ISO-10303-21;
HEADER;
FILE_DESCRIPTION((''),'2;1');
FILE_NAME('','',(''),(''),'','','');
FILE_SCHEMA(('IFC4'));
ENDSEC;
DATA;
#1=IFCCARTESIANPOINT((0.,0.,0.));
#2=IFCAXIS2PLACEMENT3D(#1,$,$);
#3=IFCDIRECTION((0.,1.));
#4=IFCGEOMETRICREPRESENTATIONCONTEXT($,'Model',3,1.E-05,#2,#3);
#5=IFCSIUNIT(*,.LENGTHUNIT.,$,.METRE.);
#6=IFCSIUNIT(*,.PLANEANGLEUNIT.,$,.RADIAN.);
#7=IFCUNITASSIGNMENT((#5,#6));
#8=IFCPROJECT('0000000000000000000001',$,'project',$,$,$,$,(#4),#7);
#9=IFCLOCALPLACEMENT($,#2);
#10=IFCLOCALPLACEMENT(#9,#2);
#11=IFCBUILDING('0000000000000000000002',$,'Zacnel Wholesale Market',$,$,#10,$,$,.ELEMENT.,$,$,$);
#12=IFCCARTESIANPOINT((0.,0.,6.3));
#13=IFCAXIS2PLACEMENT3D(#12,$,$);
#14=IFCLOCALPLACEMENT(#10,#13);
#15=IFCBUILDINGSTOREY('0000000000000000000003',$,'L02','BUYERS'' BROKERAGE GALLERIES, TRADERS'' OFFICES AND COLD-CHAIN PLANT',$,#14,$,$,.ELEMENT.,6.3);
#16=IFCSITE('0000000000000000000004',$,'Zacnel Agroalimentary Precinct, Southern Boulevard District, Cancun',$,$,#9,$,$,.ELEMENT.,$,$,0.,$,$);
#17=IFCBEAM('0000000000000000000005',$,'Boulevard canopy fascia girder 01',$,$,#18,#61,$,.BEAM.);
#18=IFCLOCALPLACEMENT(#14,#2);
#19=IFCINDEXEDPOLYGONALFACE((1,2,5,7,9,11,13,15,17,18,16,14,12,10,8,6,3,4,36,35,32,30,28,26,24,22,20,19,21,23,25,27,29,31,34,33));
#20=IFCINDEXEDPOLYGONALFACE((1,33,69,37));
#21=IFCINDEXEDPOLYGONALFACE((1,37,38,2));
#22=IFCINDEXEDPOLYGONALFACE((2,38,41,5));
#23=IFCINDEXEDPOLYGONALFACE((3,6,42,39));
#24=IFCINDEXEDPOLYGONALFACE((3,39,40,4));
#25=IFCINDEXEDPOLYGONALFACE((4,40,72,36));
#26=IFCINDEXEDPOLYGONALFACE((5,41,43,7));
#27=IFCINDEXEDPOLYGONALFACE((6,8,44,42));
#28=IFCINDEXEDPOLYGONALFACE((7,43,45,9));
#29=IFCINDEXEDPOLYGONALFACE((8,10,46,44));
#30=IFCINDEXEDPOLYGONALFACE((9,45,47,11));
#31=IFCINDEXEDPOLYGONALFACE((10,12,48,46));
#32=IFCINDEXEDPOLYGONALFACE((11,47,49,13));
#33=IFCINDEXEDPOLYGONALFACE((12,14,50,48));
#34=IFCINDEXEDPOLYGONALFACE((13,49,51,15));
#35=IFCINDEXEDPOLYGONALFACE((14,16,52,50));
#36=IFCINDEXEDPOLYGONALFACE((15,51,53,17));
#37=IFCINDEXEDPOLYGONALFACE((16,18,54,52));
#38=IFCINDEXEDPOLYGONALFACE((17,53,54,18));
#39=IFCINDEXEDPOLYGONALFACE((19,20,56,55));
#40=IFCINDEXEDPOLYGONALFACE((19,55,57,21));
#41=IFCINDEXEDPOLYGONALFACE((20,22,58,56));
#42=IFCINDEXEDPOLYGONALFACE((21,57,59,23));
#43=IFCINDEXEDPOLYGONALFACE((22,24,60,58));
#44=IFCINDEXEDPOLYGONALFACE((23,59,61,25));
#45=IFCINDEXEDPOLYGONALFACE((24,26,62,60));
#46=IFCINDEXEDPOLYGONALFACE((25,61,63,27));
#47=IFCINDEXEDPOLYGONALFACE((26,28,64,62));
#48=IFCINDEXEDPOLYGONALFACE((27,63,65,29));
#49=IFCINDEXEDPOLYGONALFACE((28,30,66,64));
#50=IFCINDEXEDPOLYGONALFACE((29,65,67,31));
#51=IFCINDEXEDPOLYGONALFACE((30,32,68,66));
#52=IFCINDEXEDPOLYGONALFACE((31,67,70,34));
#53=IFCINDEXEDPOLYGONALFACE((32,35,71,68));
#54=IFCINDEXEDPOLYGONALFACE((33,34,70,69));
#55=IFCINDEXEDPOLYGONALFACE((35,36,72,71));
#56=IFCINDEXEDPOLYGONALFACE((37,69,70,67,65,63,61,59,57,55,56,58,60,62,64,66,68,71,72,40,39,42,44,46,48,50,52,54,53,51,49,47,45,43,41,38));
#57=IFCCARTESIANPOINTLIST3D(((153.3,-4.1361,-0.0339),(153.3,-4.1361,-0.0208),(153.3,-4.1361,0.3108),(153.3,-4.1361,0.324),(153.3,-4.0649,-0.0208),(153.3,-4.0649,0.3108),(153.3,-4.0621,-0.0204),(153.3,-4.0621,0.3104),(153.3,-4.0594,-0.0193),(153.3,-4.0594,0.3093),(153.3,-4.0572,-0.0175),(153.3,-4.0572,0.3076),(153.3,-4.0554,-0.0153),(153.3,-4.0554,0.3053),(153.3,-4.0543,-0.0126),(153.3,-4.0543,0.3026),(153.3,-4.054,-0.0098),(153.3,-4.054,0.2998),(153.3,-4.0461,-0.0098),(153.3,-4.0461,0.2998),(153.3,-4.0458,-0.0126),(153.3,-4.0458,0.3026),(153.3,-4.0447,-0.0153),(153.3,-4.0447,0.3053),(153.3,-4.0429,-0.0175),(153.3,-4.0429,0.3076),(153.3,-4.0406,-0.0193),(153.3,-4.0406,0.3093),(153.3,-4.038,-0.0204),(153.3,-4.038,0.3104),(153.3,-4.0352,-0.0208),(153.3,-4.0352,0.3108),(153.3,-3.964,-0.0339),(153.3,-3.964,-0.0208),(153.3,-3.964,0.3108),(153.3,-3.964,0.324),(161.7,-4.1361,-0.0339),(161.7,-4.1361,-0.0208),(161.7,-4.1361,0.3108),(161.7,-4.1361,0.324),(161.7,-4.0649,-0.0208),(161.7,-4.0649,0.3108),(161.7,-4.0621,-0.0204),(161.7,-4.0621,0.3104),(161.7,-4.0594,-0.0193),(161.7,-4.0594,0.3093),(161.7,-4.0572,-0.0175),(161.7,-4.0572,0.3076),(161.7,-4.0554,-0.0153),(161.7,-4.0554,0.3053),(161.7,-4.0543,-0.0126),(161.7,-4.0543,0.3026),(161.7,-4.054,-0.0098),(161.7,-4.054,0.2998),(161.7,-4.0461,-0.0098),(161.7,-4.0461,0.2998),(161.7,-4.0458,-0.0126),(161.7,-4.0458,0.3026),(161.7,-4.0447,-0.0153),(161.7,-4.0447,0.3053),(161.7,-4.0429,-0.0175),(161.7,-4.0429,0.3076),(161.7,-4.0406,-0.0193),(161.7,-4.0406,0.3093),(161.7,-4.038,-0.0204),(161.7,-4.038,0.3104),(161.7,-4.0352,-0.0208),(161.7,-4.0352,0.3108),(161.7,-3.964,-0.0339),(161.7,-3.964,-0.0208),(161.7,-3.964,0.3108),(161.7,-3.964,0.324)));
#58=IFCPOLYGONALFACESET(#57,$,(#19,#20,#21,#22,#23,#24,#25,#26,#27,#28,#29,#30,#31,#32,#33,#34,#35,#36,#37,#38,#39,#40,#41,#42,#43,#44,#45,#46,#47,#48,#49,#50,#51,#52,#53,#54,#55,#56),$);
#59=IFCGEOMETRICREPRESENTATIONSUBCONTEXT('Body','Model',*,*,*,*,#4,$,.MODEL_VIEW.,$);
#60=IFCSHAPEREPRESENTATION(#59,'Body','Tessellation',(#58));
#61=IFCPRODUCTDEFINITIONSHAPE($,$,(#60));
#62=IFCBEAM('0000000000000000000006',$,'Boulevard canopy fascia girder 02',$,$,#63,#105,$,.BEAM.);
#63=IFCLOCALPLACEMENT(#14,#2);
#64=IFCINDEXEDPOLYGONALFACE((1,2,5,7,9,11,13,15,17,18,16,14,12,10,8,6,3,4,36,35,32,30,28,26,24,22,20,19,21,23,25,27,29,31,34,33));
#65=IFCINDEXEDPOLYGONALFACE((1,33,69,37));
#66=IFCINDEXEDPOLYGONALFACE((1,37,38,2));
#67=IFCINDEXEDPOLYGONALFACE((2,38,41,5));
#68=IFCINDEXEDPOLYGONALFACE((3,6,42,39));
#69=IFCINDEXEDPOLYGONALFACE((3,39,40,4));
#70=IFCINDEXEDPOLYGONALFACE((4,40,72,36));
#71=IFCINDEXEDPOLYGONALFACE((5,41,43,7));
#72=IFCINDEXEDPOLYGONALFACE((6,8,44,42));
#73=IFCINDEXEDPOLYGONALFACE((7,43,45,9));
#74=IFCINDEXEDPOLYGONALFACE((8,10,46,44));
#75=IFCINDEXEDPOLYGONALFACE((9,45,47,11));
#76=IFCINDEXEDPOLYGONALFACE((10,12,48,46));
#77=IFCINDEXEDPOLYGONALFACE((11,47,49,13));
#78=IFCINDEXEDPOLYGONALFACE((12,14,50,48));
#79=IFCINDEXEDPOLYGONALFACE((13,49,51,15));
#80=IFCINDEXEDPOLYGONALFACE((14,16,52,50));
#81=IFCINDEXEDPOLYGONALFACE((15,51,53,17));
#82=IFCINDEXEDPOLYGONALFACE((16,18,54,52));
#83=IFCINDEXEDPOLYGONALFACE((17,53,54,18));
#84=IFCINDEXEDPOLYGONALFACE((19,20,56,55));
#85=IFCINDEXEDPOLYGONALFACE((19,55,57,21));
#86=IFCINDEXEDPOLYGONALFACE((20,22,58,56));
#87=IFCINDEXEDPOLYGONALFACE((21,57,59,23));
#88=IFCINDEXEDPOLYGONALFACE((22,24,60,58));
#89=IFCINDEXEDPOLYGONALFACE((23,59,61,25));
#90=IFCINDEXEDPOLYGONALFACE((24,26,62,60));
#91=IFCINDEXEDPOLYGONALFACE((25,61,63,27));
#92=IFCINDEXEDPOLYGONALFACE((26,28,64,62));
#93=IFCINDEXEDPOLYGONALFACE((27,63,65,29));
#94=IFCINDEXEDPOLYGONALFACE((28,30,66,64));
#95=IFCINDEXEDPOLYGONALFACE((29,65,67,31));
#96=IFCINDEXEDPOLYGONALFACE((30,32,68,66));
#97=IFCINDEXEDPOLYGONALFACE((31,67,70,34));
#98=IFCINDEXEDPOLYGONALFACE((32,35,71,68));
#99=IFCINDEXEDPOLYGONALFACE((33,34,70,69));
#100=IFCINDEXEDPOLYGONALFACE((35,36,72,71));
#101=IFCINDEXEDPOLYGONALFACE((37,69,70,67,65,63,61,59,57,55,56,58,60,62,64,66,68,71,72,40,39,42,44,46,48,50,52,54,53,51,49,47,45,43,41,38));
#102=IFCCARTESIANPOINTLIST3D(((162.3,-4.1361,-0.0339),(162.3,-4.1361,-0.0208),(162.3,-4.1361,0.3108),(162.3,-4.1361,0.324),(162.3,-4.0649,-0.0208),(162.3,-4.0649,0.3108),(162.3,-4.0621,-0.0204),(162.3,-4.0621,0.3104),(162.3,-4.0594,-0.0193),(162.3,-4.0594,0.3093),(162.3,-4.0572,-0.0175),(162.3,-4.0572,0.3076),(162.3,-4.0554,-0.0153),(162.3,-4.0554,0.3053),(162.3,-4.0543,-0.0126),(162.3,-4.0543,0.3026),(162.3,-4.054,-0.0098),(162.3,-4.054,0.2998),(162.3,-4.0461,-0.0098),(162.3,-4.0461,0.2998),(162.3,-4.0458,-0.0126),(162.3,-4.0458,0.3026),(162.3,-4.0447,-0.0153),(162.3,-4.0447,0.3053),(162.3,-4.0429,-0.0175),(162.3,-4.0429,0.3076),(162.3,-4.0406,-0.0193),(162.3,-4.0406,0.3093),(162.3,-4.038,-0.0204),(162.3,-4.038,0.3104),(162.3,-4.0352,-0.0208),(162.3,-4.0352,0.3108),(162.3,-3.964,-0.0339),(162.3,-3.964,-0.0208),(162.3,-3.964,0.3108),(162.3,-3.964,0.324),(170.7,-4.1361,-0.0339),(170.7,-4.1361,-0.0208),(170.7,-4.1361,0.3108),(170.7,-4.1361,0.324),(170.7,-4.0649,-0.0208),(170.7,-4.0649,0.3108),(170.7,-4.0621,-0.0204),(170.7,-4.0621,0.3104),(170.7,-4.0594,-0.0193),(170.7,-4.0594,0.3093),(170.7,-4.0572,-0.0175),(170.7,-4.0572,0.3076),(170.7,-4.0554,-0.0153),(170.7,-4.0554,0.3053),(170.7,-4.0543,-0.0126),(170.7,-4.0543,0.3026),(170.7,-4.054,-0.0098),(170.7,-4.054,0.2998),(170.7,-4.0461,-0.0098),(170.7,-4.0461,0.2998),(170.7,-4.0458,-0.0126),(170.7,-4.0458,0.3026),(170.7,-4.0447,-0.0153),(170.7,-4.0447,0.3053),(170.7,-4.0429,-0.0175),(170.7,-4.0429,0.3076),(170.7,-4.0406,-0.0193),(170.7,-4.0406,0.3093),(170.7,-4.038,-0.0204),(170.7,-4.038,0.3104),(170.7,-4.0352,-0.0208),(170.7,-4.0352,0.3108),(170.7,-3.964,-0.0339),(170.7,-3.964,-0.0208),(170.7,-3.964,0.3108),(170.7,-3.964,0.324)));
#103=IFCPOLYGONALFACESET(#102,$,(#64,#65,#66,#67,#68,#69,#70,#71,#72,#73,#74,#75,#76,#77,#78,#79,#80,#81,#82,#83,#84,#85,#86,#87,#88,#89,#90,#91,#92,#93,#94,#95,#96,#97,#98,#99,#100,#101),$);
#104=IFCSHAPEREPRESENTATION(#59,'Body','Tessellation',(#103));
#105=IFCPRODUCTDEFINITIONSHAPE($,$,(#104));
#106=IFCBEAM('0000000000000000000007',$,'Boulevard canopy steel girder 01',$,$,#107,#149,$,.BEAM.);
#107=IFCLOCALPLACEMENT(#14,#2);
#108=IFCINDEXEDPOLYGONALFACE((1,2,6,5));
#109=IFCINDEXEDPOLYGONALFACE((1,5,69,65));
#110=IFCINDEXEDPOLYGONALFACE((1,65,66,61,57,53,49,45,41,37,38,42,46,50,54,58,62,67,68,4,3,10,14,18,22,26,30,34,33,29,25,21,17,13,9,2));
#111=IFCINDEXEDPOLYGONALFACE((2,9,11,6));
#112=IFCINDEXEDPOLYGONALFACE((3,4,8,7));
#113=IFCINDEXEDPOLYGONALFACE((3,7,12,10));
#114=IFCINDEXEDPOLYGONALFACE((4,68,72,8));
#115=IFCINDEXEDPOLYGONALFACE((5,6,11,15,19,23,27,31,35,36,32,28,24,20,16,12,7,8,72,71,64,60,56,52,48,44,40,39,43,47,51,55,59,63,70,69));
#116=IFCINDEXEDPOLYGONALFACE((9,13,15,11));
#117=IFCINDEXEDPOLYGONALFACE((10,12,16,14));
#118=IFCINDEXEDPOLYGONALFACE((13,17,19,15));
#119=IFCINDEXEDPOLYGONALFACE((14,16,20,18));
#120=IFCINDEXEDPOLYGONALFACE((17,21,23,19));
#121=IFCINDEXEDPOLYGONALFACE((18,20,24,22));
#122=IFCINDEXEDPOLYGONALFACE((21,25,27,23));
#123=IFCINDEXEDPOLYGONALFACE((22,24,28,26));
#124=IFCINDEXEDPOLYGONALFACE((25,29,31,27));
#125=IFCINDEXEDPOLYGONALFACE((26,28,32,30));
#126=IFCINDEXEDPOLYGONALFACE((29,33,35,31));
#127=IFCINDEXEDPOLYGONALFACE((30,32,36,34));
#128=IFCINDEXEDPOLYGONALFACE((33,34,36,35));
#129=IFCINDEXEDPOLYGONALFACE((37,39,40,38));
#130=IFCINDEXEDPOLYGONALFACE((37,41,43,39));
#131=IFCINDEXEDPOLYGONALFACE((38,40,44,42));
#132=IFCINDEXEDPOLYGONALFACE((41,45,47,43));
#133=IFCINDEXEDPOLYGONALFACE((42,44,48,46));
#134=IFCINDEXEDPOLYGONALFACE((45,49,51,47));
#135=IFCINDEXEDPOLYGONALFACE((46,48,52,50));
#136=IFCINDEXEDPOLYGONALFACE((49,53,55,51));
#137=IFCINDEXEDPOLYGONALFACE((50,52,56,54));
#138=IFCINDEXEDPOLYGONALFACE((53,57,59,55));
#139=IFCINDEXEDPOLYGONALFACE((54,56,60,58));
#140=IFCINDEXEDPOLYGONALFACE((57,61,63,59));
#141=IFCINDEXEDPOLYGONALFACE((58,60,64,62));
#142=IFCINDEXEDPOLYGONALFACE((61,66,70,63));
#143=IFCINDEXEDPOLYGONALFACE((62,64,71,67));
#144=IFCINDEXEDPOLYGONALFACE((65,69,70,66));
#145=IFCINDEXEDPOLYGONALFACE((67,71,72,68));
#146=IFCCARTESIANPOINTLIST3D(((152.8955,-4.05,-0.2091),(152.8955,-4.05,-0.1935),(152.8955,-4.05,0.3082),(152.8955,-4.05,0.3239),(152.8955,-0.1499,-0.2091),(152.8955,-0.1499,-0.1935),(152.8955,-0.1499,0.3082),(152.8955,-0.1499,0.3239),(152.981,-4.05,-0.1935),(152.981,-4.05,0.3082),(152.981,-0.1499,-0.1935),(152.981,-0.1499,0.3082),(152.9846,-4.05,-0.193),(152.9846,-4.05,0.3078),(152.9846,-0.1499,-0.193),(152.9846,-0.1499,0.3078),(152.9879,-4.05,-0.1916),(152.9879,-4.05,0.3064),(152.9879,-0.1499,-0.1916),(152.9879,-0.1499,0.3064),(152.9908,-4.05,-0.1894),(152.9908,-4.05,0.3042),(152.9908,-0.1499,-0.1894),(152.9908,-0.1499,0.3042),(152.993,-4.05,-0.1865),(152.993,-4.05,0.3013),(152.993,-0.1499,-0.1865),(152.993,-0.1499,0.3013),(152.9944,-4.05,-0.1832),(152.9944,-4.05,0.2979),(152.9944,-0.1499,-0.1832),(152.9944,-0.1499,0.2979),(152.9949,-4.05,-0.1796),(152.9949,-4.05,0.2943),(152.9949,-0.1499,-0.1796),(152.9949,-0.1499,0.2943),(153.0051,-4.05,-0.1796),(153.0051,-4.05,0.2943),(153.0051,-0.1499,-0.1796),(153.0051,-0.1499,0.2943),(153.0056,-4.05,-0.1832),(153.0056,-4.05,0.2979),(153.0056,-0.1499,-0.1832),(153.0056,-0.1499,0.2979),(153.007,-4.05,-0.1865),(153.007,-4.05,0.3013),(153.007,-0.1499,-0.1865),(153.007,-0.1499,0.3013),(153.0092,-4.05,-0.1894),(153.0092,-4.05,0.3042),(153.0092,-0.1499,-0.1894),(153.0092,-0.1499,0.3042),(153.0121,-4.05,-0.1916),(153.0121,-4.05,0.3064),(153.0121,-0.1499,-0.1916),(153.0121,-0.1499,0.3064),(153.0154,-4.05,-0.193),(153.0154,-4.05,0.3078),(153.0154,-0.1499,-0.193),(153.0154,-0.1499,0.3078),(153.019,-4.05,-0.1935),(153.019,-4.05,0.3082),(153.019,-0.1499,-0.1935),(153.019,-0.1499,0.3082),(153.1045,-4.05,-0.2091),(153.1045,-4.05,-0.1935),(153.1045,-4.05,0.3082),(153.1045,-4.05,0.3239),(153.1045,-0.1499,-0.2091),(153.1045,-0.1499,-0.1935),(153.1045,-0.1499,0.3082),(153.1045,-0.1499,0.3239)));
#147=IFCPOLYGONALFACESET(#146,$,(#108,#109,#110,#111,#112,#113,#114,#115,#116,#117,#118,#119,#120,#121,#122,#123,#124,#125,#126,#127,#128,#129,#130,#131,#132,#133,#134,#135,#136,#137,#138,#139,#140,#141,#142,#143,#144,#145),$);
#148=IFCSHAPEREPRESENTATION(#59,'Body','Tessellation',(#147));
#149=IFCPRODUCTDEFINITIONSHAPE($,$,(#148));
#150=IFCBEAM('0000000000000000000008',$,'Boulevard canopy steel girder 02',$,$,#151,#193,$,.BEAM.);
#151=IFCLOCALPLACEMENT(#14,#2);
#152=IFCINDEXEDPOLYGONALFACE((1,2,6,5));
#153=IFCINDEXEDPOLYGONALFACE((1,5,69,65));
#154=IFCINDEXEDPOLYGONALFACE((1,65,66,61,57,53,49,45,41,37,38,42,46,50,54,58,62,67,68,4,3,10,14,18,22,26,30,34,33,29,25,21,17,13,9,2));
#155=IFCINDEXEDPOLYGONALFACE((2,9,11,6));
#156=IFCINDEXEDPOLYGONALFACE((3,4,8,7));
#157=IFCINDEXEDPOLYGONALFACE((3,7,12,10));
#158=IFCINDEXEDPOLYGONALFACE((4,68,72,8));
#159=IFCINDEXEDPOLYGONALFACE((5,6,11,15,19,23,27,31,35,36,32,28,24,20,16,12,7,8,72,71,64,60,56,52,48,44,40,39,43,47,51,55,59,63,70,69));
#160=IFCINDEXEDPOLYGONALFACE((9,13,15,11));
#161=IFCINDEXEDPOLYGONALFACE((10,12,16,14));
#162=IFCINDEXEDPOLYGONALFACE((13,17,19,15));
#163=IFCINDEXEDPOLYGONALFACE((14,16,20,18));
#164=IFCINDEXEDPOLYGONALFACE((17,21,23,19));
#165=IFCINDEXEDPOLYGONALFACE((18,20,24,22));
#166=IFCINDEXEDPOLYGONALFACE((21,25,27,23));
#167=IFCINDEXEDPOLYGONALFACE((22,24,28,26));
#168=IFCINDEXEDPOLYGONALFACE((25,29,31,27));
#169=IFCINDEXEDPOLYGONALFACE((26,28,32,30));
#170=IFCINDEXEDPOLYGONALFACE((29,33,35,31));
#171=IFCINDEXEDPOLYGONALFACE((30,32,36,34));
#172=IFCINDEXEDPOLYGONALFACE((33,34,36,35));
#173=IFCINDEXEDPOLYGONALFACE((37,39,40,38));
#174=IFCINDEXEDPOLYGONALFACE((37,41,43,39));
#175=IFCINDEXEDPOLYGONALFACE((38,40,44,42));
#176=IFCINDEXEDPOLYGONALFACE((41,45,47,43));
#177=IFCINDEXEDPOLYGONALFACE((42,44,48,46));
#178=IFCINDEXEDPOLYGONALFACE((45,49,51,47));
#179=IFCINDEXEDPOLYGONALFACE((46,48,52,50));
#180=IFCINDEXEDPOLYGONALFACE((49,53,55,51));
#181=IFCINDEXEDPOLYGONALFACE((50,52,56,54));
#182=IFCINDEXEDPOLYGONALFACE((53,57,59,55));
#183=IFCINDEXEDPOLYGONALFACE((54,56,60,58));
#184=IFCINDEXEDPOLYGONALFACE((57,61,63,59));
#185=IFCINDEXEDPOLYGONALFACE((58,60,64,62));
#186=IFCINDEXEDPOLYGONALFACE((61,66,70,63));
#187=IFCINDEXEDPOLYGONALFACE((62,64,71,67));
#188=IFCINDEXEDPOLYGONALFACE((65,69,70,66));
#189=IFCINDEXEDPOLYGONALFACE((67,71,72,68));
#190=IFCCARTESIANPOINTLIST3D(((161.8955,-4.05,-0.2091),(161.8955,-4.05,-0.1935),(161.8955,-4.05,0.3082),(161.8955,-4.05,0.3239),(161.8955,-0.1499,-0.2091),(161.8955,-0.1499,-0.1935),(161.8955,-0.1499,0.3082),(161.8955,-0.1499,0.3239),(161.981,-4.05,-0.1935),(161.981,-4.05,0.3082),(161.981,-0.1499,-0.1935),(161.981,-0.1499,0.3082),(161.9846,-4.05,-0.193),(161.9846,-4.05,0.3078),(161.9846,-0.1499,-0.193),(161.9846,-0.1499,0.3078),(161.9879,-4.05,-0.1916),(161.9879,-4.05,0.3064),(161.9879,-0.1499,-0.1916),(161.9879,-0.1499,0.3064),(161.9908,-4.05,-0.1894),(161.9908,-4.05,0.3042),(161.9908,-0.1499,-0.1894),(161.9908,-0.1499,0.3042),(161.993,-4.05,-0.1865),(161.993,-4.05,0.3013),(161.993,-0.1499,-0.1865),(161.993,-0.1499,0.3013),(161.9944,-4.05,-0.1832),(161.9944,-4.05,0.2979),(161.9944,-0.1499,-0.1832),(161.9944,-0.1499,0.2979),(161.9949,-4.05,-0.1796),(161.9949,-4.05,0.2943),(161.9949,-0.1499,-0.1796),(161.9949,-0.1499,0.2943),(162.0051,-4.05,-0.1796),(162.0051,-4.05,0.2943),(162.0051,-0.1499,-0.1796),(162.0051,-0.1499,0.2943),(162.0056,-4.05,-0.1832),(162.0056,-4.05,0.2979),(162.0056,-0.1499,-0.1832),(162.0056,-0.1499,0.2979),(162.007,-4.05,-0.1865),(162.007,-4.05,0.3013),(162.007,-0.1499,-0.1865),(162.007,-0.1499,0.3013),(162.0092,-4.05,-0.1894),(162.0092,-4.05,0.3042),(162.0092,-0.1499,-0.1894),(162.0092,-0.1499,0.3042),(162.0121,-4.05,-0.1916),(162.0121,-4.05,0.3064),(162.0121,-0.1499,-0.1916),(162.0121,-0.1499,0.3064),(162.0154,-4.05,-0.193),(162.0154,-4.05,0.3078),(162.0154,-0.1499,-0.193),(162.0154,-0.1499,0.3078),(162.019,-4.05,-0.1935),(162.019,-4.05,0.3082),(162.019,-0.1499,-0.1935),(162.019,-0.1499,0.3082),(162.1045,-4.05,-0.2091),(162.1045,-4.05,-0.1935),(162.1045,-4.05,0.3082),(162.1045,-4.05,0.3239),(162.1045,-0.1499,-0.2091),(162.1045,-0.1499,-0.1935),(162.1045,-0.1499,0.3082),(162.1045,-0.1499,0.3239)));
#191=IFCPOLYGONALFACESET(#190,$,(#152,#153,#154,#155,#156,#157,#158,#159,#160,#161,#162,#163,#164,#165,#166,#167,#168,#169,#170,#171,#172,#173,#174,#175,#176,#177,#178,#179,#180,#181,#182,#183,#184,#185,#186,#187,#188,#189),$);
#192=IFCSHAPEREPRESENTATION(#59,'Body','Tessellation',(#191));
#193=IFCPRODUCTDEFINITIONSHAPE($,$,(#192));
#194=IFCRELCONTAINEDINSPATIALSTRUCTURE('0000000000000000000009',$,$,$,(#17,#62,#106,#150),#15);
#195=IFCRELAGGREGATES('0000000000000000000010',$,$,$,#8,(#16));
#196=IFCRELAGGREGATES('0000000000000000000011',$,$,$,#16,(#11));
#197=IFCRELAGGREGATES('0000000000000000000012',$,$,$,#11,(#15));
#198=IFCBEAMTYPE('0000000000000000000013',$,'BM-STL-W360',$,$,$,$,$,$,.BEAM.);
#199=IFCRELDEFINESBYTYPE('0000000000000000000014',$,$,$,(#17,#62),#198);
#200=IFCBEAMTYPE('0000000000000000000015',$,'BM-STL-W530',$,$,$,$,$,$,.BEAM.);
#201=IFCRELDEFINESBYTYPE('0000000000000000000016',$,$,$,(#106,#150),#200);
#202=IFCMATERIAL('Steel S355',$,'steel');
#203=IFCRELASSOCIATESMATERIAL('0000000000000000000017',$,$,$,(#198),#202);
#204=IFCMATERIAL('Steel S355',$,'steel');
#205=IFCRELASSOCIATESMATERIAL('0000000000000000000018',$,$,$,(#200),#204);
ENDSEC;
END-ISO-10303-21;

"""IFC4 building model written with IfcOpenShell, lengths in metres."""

from ifc_helpers import new_model, si_unit, direction, frame, origin, origin_2d, place, context, subcontext, project, spatial, i_section, extrude, material, material_profile, profile_set, type_object, element, save


model = new_model("IFC4")

# Units and contexts
model_context = context("Model", 3, precision=1e-05, world=origin(), true_north=direction((0.0, 1.0)))
body_context = subcontext(model_context, "Body", "Model", "MODEL_VIEW")
ifc_project = project(units=[si_unit("LENGTHUNIT", "METRE"), si_unit("PLANEANGLEUNIT", "RADIAN")], contexts=[model_context])

# Site, building, storey
site_placement = place(None, origin())
site = spatial("IfcSite", under=ifc_project, at=site_placement, Name="Zacnel Agroalimentary Precinct, Southern Boulevard District, Cancun", CompositionType="ELEMENT", RefElevation=0.0)
building_placement = place(site_placement, origin())
building = spatial("IfcBuilding", under=site, at=building_placement, Name="Zacnel Wholesale Market", CompositionType="ELEMENT")
storey_placement = place(building_placement, frame((0.0, 0.0, 6.3)))
storey = spatial("IfcBuildingStorey", under=building, at=storey_placement, Name="L02", Description="BUYERS' BROKERAGE GALLERIES, TRADERS' OFFICES AND COLD-CHAIN PLANT", CompositionType="ELEMENT", Elevation=6.3)

# Beams
ifc_material_1 = material(Name="Steel S355", Category="steel")
ifc_material_profile_1 = material_profile(ifc_material_1, i_section(OverallWidth=0.1721, OverallDepth=0.3579, WebThickness=0.0078, FlangeThickness=0.0132, FilletRadius=0.011, at=origin_2d()), Name="W360X57.8")
ifc_profile_set_1 = profile_set([ifc_material_profile_1], Name="Steel S355")
beam_type_1 = type_object("IfcBeamType", Name="BM-STL-W360", PredefinedType="BEAM", material=ifc_profile_set_1)
for number, where, z_axis, x_axis, name in (
    (1, (153.3, -4.05, 0.145), (1.0, 0.0, 0.0), (0.0, 1.0, 0.0), "Boulevard canopy fascia girder 01"),
    (2, (162.3, -4.05, 0.145), (1.0, 0.0, 0.0), (0.0, 1.0, 0.0), "Boulevard canopy fascia girder 02"),
):
    element("IfcBeam", number, at=place(storey_placement, frame(where, z_axis=z_axis, x_axis=x_axis)), inside=storey, type_object=beam_type_1, Name=name, PredefinedType="BEAM", context=body_context, shape_type="SweptSolid", body=[
        extrude(i_section(OverallWidth=0.1721, OverallDepth=0.3579, WebThickness=0.0078, FlangeThickness=0.0132, FilletRadius=0.011, at=origin_2d()), origin(), (0.0, 0.0, 1.0), 8.3999),
    ])
ifc_material_2 = material(Name="Steel S355", Category="steel")
ifc_material_profile_2 = material_profile(ifc_material_2, i_section(OverallWidth=0.209, OverallDepth=0.533, WebThickness=0.0103, FlangeThickness=0.0156, FilletRadius=0.0139, at=origin_2d()), Name="W530X92")
ifc_profile_set_2 = profile_set([ifc_material_profile_2], Name="Steel S355")
beam_type_2 = type_object("IfcBeamType", Name="BM-STL-W530", PredefinedType="BEAM", material=ifc_profile_set_2)
for number, where, z_axis, x_axis, name in (
    (3, (153.0, -0.1499, 0.0574), (0.0, -1.0, 0.0), (1.0, 0.0, 0.0), "Boulevard canopy steel girder 01"),
    (4, (162.0, -0.1499, 0.0574), (0.0, -1.0, 0.0), (1.0, 0.0, 0.0), "Boulevard canopy steel girder 02"),
):
    element("IfcBeam", number, at=place(storey_placement, frame(where, z_axis=z_axis, x_axis=x_axis)), inside=storey, type_object=beam_type_2, Name=name, PredefinedType="BEAM", context=body_context, shape_type="SweptSolid", body=[
        extrude(i_section(OverallWidth=0.209, OverallDepth=0.533, WebThickness=0.0103, FlangeThickness=0.0156, FilletRadius=0.0139, at=origin_2d()), origin(), (0.0, 0.0, 1.0), 3.9001),
    ])

save(model, "model.ifc")
